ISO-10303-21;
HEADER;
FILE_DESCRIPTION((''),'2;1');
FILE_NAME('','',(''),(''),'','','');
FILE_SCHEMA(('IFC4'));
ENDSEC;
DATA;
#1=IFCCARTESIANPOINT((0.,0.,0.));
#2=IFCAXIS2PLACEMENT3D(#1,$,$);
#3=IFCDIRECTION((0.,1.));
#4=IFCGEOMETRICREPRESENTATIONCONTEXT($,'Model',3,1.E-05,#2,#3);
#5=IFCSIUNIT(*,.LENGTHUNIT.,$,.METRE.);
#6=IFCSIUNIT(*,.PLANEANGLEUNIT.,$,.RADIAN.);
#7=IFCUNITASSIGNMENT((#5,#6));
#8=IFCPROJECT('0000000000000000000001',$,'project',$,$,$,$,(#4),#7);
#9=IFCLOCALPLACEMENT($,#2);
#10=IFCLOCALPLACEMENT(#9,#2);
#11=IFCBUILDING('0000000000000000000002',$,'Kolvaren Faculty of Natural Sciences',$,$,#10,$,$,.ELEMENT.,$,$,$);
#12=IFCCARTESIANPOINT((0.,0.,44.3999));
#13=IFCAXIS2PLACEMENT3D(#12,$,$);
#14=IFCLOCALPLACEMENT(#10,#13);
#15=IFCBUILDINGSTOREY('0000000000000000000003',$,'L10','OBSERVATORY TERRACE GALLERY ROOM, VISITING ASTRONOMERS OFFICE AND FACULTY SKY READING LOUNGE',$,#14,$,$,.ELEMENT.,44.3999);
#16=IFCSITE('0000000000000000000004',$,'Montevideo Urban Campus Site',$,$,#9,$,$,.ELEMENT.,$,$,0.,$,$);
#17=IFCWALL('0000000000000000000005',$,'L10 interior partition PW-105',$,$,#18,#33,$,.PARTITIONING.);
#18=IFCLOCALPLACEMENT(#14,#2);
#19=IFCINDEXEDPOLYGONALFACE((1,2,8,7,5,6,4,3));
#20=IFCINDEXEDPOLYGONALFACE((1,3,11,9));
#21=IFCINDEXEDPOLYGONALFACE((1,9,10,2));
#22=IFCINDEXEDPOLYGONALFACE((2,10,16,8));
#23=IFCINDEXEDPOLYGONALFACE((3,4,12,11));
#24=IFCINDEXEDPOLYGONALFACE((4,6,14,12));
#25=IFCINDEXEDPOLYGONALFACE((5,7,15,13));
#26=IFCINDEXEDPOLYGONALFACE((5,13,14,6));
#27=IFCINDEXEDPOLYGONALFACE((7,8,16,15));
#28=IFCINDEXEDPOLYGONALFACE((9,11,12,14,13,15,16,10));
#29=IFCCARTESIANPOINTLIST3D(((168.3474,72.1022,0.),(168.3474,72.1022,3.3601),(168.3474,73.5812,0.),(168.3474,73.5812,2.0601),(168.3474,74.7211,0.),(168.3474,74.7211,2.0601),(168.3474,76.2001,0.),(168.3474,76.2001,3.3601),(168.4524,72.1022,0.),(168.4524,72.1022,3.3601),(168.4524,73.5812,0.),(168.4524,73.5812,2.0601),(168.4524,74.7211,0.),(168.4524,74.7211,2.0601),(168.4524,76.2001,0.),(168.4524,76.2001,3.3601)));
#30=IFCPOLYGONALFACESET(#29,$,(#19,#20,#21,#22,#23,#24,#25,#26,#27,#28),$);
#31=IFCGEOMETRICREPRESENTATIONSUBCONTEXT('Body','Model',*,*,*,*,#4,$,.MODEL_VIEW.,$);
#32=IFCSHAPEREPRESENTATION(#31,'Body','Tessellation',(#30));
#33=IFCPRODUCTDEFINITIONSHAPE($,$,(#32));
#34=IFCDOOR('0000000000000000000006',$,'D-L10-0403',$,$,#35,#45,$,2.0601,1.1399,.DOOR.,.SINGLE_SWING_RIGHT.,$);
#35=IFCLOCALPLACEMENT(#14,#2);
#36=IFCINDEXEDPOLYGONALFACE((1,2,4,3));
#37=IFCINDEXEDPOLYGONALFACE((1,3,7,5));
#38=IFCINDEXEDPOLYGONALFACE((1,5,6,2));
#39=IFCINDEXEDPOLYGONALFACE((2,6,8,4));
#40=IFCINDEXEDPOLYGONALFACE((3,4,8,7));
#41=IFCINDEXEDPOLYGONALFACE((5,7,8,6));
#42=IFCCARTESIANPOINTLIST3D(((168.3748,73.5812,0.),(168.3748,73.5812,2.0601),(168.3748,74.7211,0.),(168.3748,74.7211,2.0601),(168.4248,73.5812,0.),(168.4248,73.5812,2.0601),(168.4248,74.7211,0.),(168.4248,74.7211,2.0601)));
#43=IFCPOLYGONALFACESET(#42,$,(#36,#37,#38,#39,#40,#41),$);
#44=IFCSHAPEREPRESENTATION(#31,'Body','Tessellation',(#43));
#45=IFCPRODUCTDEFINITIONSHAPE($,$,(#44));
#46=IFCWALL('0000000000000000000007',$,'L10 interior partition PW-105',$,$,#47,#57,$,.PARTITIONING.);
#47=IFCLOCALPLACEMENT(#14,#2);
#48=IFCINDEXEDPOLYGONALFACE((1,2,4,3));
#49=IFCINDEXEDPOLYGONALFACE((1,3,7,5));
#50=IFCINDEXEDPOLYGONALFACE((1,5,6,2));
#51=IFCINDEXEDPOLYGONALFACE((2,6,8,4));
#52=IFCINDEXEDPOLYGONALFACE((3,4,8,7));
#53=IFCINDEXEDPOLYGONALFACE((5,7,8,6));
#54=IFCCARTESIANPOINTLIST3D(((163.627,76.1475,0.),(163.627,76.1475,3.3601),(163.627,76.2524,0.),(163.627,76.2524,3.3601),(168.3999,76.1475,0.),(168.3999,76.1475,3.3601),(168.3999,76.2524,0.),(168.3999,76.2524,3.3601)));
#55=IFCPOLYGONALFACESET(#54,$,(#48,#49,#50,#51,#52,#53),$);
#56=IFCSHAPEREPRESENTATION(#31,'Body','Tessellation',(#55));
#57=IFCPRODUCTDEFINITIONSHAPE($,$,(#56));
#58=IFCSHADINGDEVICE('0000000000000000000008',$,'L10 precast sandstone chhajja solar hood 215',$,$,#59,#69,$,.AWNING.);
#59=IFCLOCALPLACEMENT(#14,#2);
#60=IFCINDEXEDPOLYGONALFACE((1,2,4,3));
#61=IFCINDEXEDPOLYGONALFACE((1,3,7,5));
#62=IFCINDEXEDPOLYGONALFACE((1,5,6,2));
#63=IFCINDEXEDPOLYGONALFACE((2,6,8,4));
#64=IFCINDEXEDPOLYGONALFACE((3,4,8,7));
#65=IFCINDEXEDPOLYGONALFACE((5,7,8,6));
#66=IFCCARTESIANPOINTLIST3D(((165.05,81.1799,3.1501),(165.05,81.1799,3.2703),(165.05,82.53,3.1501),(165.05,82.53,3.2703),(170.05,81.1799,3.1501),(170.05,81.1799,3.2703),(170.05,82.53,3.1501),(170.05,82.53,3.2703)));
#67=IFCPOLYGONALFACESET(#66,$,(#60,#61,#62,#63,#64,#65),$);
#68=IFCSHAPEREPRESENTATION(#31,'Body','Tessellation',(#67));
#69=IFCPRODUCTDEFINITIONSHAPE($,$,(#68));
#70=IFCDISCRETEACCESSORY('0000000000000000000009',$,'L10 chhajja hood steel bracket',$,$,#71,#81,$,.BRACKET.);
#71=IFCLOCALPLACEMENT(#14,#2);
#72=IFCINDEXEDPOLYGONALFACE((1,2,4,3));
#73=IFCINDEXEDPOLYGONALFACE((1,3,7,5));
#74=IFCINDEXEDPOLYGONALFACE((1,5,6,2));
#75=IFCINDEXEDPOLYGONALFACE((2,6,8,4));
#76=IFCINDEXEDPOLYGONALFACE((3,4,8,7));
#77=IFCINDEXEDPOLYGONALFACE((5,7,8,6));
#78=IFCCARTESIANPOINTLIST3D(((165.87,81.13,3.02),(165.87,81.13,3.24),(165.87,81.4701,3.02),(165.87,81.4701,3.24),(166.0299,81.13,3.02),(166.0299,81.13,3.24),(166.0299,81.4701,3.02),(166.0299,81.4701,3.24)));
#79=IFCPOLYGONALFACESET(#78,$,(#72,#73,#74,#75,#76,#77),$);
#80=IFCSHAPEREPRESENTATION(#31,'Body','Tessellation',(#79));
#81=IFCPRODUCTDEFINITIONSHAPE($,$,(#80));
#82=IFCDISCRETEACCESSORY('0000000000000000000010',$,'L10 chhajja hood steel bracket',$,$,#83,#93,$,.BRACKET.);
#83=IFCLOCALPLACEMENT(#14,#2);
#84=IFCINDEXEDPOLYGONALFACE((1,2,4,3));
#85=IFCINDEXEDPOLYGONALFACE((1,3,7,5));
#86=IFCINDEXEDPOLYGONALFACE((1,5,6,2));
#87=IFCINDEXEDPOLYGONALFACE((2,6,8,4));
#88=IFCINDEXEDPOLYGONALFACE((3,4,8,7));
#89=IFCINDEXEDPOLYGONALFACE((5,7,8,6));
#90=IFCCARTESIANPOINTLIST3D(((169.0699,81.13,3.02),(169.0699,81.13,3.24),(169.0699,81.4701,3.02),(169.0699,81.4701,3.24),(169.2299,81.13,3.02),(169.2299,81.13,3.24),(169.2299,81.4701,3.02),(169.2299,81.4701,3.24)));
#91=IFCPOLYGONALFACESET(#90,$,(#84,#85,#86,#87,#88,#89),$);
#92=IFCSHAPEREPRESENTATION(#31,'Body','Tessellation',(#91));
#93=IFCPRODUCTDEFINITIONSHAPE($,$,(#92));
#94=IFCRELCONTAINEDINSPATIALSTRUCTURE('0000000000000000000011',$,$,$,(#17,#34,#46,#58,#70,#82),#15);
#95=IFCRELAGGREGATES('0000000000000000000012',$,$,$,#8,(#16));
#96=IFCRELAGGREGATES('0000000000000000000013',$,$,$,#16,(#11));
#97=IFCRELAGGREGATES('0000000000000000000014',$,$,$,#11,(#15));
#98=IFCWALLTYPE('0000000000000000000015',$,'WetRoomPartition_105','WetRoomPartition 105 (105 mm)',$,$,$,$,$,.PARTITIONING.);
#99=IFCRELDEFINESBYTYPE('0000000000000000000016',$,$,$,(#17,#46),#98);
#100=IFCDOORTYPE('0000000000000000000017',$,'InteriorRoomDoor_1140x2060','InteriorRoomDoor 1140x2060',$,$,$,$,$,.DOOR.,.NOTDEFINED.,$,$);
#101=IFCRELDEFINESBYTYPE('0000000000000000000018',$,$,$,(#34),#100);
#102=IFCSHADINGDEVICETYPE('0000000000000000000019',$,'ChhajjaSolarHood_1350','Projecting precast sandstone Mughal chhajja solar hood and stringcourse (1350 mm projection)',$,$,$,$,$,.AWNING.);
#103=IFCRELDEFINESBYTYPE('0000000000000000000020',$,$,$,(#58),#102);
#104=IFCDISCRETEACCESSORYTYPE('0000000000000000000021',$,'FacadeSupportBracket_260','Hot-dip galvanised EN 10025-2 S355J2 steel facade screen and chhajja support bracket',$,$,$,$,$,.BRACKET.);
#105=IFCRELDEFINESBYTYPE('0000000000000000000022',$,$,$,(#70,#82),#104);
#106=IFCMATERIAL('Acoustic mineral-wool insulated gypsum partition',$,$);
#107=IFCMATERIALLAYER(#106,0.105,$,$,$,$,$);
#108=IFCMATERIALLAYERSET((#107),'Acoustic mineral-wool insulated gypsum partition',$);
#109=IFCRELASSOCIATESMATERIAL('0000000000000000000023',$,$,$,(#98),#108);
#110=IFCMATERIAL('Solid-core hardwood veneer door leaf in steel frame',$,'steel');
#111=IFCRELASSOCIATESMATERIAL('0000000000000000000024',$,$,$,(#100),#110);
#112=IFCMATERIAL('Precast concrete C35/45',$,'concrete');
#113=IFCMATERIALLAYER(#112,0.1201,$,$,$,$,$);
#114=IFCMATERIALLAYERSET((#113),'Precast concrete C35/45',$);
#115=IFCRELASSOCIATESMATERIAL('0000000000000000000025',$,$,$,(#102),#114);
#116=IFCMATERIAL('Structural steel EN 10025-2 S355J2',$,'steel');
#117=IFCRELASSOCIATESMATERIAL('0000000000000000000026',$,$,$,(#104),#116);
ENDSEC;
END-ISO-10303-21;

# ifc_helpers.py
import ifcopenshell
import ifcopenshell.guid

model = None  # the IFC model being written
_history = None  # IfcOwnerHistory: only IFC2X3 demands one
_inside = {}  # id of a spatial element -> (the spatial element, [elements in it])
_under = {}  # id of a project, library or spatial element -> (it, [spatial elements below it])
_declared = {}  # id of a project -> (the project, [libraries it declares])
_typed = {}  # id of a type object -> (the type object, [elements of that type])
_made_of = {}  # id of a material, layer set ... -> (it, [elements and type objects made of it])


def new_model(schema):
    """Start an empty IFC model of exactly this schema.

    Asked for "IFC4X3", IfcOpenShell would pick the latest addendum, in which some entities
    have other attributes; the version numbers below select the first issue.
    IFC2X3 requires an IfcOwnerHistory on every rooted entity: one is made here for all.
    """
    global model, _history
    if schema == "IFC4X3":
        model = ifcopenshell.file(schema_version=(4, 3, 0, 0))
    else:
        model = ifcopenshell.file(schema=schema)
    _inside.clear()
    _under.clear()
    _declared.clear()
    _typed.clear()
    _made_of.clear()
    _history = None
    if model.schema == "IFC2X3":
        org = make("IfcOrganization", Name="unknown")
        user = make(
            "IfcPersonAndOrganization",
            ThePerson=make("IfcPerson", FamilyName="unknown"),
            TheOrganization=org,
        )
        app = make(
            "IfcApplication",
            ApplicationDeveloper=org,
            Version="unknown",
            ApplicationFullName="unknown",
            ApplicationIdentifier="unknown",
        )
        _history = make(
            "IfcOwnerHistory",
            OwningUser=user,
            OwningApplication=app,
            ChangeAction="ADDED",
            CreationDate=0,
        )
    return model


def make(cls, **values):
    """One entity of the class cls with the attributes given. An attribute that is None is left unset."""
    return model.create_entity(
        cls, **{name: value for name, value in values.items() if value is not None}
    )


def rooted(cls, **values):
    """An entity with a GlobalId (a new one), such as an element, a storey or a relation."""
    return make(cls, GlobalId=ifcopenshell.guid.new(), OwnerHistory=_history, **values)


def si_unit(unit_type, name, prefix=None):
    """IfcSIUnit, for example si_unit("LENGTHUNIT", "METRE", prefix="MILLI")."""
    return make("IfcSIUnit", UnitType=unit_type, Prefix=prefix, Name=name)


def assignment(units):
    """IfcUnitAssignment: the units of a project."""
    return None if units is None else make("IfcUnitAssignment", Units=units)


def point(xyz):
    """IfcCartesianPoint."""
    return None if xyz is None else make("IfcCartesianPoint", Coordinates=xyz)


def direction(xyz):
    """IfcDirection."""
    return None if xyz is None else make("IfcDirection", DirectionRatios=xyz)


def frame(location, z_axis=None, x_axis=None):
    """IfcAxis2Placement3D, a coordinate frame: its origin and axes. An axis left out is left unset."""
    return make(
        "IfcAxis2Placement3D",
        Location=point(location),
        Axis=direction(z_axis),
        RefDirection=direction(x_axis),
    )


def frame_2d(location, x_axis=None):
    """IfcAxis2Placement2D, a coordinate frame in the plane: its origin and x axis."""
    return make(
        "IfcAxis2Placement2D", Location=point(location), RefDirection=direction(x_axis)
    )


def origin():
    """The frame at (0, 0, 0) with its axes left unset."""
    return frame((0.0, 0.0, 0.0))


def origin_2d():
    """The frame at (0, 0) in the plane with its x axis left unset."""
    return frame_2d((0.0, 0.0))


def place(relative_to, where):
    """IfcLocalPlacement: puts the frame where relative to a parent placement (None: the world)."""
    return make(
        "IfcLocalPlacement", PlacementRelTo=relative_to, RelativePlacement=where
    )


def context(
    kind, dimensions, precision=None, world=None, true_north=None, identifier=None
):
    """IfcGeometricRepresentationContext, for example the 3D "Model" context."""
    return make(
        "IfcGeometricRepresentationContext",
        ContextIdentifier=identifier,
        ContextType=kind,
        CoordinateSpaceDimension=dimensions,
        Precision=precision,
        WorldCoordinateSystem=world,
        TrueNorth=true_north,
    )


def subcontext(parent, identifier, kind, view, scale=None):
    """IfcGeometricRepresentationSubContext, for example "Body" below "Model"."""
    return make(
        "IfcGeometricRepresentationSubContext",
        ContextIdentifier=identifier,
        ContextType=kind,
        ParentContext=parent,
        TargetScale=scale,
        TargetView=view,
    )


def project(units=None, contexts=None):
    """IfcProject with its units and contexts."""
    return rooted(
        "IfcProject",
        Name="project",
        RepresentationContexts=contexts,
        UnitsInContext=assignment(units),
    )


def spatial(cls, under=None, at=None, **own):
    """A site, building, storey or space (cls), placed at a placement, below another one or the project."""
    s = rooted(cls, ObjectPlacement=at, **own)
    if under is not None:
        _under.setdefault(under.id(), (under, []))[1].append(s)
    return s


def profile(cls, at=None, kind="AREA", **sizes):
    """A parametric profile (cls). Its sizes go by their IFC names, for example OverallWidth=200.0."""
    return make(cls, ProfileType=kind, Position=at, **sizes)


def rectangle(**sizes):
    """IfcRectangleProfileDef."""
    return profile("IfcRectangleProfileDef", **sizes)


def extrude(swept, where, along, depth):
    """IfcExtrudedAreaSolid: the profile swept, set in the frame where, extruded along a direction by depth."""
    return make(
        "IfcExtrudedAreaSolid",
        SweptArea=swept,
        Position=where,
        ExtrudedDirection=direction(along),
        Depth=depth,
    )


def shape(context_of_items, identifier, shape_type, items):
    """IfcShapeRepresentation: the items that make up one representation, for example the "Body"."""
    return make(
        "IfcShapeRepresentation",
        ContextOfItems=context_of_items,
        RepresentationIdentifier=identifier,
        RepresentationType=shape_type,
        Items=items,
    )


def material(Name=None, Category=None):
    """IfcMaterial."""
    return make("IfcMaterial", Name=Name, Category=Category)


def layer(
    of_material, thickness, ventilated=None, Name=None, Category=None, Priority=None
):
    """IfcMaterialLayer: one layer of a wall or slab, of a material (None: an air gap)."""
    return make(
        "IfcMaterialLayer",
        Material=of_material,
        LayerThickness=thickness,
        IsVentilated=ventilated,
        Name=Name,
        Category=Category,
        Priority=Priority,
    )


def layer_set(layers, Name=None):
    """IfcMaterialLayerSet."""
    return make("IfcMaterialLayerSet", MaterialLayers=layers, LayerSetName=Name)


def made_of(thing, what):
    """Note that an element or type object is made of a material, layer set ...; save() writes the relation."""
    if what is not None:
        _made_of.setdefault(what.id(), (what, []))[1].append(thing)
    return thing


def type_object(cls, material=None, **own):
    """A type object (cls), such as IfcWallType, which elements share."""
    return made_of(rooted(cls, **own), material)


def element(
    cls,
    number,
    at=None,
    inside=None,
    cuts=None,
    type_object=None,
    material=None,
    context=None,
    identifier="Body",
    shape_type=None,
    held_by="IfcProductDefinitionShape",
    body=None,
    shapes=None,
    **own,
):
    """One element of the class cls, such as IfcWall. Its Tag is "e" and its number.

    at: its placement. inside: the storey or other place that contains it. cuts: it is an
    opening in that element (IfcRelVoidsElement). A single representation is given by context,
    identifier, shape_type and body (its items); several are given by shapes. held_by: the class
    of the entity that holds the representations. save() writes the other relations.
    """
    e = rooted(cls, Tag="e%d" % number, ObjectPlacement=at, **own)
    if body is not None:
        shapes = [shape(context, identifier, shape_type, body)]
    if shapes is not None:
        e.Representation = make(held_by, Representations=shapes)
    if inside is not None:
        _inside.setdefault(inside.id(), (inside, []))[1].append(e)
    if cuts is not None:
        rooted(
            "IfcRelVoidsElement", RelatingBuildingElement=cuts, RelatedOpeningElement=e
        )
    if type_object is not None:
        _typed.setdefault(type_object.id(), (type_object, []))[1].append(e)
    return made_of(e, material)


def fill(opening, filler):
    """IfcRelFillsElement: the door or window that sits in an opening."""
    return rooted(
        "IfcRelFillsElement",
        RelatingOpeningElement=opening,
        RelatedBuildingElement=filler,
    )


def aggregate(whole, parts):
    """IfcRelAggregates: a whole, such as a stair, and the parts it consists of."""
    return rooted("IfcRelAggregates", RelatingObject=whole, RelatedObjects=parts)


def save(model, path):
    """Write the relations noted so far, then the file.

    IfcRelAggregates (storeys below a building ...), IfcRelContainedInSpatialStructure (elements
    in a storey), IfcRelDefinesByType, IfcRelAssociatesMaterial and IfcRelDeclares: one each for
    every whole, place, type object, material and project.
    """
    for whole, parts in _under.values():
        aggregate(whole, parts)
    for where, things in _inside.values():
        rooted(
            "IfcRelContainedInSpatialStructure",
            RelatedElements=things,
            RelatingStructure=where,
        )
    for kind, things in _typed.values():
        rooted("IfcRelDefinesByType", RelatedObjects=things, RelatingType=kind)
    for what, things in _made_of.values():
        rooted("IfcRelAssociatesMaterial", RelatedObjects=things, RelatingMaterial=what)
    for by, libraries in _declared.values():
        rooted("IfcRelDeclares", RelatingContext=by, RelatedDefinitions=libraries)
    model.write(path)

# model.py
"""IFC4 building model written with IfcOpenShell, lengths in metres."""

from ifc_helpers import new_model, si_unit, direction, frame, frame_2d, origin, origin_2d, place, context, subcontext, project, spatial, rectangle, extrude, material, layer, layer_set, type_object, element, fill, save


model = new_model("IFC4")

# Units and contexts
model_context = context("Model", 3, precision=1e-05, world=origin(), true_north=direction((0.0, 1.0)))
body_context = subcontext(model_context, "Body", "Model", "MODEL_VIEW")
ifc_project = project(units=[si_unit("LENGTHUNIT", "METRE"), si_unit("PLANEANGLEUNIT", "RADIAN")], contexts=[model_context])

# Site, building, storey
site_placement = place(None, origin())
site = spatial("IfcSite", under=ifc_project, at=site_placement, Name="Montevideo Urban Campus Site", CompositionType="ELEMENT", RefElevation=0.0)
building_placement = place(site_placement, origin())
building = spatial("IfcBuilding", under=site, at=building_placement, Name="Kolvaren Faculty of Natural Sciences", CompositionType="ELEMENT")
storey_placement = place(building_placement, frame((0.0, 0.0, 44.3999)))
storey = spatial("IfcBuildingStorey", under=building, at=storey_placement, Name="L10", Description="OBSERVATORY TERRACE GALLERY ROOM, VISITING ASTRONOMERS OFFICE AND FACULTY SKY READING LOUNGE", CompositionType="ELEMENT", Elevation=44.3999)

# Shared definitions
ifc_material_1 = material(Name="Precast concrete C35/45", Category="concrete")

# Shared definitions
ifc_material_2 = material(Name="Acoustic mineral-wool insulated gypsum partition")
ifc_material_3 = material(Name="Solid-core hardwood veneer door leaf in steel frame", Category="steel")

# Wall, opening, door
ifc_layer_1 = layer(ifc_material_2, 0.105)
ifc_layer_set_1 = layer_set([ifc_layer_1], Name="Acoustic mineral-wool insulated gypsum partition")
wall_type_1 = type_object("IfcWallType", Name="WetRoomPartition_105", Description="WetRoomPartition 105 (105 mm)", PredefinedType="PARTITIONING", material=ifc_layer_set_1)
wall_1_placement = place(storey_placement, frame((168.3999, 76.2, 0.0), z_axis=(0.0, 0.0, 1.0), x_axis=(0.0, -1.0, 0.0)))
wall_1 = element("IfcWall", 1, at=wall_1_placement, inside=storey, type_object=wall_type_1, Name="L10 interior partition PW-105", PredefinedType="PARTITIONING", context=body_context, shape_type="SweptSolid", body=[
    extrude(rectangle(XDim=4.0979, YDim=0.105, at=frame_2d((2.0488, 0.0))), origin(), (0.0, 0.0, 1.0), 3.3601),
])
opening_1_placement = place(wall_1_placement, frame((1.479, 0.0, 0.0)))
opening_1 = element("IfcOpeningElement", 2, at=opening_1_placement, cuts=wall_1, PredefinedType="OPENING", context=body_context, shape_type="SweptSolid", body=[
    extrude(rectangle(XDim=1.1399, YDim=2.0601, at=frame_2d((0.5698, 1.03))), frame((0.0, 0.0625, 0.0), z_axis=(0.0, -1.0, 0.0), x_axis=(1.0, 0.0, 0.0)), (0.0, 0.0, 1.0), 0.125),
])
door_type_1 = type_object("IfcDoorType", Name="InteriorRoomDoor_1140x2060", Description="InteriorRoomDoor 1140x2060", OperationType="NOTDEFINED", PredefinedType="DOOR", material=ifc_material_3)
door_1_placement = place(opening_1_placement, origin())
door_1 = element("IfcDoor", 3, at=door_1_placement, inside=storey, type_object=door_type_1, Name="D-L10-0403", OperationType="SINGLE_SWING_RIGHT", OverallHeight=2.0601, OverallWidth=1.1399, PredefinedType="DOOR", context=body_context, shape_type="SweptSolid", body=[
    extrude(rectangle(XDim=1.1399, YDim=2.0601, at=frame_2d((0.5698, 1.03))), frame((0.0, 0.0249, 0.0), z_axis=(0.0, -1.0, 0.0), x_axis=(1.0, 0.0, 0.0)), (0.0, 0.0, 1.0), 0.05),
])
fill(opening_1, door_1)

# Wall
wall_2_placement = place(storey_placement, frame((163.627, 76.2, 0.0), z_axis=(0.0, 0.0, 1.0), x_axis=(1.0, 0.0, 0.0)))
element("IfcWall", 4, at=wall_2_placement, inside=storey, type_object=wall_type_1, Name="L10 interior partition PW-105", PredefinedType="PARTITIONING", context=body_context, shape_type="SweptSolid", body=[
    extrude(rectangle(XDim=4.7729, YDim=0.105, at=frame_2d((2.3865, 0.0))), origin(), (0.0, 0.0, 1.0), 3.3601),
])

# Shading device
ifc_layer_2 = layer(ifc_material_1, 0.1201)
ifc_layer_set_2 = layer_set([ifc_layer_2], Name="Precast concrete C35/45")
shading_device_type = type_object("IfcShadingDeviceType", Name="ChhajjaSolarHood_1350", Description="Projecting precast sandstone Mughal chhajja solar hood and stringcourse (1350 mm projection)", PredefinedType="AWNING", material=ifc_layer_set_2)
shading_device_placement = place(storey_placement, frame((167.55, 81.855, 3.1501), z_axis=(0.0, 0.0, 1.0), x_axis=(1.0, 0.0, 0.0)))
element("IfcShadingDevice", 5, at=shading_device_placement, inside=storey, type_object=shading_device_type, Name="L10 precast sandstone chhajja solar hood 215", PredefinedType="AWNING", context=body_context, shape_type="SweptSolid", body=[
    extrude(rectangle(XDim=5.0, YDim=1.3501, at=origin_2d()), origin(), (0.0, 0.0, 1.0), 0.1201),
])

# Discrete accessories
ifc_material_4 = material(Name="Structural steel EN 10025-2 S355J2", Category="steel")
discrete_accessory_type = type_object("IfcDiscreteAccessoryType", Name="FacadeSupportBracket_260", Description="Hot-dip galvanised EN 10025-2 S355J2 steel facade screen and chhajja support bracket", PredefinedType="BRACKET", material=ifc_material_4)
for number, where, z_axis, x_axis, name in (
    (6, (165.95, 81.3, 3.02), (0.0, 0.0, 1.0), (1.0, 0.0, 0.0), "L10 chhajja hood steel bracket"),
    (7, (169.1499, 81.3, 3.02), (0.0, 0.0, 1.0), (1.0, 0.0, 0.0), "L10 chhajja hood steel bracket"),
):
    element("IfcDiscreteAccessory", number, at=place(storey_placement, frame(where, z_axis=z_axis, x_axis=x_axis)), inside=storey, type_object=discrete_accessory_type, Name=name, PredefinedType="BRACKET", context=body_context, shape_type="SweptSolid", body=[
        extrude(rectangle(XDim=0.1599, YDim=0.3401, at=origin_2d()), origin(), (0.0, 0.0, 1.0), 0.22),
    ])

save(model, "model.ifc")
